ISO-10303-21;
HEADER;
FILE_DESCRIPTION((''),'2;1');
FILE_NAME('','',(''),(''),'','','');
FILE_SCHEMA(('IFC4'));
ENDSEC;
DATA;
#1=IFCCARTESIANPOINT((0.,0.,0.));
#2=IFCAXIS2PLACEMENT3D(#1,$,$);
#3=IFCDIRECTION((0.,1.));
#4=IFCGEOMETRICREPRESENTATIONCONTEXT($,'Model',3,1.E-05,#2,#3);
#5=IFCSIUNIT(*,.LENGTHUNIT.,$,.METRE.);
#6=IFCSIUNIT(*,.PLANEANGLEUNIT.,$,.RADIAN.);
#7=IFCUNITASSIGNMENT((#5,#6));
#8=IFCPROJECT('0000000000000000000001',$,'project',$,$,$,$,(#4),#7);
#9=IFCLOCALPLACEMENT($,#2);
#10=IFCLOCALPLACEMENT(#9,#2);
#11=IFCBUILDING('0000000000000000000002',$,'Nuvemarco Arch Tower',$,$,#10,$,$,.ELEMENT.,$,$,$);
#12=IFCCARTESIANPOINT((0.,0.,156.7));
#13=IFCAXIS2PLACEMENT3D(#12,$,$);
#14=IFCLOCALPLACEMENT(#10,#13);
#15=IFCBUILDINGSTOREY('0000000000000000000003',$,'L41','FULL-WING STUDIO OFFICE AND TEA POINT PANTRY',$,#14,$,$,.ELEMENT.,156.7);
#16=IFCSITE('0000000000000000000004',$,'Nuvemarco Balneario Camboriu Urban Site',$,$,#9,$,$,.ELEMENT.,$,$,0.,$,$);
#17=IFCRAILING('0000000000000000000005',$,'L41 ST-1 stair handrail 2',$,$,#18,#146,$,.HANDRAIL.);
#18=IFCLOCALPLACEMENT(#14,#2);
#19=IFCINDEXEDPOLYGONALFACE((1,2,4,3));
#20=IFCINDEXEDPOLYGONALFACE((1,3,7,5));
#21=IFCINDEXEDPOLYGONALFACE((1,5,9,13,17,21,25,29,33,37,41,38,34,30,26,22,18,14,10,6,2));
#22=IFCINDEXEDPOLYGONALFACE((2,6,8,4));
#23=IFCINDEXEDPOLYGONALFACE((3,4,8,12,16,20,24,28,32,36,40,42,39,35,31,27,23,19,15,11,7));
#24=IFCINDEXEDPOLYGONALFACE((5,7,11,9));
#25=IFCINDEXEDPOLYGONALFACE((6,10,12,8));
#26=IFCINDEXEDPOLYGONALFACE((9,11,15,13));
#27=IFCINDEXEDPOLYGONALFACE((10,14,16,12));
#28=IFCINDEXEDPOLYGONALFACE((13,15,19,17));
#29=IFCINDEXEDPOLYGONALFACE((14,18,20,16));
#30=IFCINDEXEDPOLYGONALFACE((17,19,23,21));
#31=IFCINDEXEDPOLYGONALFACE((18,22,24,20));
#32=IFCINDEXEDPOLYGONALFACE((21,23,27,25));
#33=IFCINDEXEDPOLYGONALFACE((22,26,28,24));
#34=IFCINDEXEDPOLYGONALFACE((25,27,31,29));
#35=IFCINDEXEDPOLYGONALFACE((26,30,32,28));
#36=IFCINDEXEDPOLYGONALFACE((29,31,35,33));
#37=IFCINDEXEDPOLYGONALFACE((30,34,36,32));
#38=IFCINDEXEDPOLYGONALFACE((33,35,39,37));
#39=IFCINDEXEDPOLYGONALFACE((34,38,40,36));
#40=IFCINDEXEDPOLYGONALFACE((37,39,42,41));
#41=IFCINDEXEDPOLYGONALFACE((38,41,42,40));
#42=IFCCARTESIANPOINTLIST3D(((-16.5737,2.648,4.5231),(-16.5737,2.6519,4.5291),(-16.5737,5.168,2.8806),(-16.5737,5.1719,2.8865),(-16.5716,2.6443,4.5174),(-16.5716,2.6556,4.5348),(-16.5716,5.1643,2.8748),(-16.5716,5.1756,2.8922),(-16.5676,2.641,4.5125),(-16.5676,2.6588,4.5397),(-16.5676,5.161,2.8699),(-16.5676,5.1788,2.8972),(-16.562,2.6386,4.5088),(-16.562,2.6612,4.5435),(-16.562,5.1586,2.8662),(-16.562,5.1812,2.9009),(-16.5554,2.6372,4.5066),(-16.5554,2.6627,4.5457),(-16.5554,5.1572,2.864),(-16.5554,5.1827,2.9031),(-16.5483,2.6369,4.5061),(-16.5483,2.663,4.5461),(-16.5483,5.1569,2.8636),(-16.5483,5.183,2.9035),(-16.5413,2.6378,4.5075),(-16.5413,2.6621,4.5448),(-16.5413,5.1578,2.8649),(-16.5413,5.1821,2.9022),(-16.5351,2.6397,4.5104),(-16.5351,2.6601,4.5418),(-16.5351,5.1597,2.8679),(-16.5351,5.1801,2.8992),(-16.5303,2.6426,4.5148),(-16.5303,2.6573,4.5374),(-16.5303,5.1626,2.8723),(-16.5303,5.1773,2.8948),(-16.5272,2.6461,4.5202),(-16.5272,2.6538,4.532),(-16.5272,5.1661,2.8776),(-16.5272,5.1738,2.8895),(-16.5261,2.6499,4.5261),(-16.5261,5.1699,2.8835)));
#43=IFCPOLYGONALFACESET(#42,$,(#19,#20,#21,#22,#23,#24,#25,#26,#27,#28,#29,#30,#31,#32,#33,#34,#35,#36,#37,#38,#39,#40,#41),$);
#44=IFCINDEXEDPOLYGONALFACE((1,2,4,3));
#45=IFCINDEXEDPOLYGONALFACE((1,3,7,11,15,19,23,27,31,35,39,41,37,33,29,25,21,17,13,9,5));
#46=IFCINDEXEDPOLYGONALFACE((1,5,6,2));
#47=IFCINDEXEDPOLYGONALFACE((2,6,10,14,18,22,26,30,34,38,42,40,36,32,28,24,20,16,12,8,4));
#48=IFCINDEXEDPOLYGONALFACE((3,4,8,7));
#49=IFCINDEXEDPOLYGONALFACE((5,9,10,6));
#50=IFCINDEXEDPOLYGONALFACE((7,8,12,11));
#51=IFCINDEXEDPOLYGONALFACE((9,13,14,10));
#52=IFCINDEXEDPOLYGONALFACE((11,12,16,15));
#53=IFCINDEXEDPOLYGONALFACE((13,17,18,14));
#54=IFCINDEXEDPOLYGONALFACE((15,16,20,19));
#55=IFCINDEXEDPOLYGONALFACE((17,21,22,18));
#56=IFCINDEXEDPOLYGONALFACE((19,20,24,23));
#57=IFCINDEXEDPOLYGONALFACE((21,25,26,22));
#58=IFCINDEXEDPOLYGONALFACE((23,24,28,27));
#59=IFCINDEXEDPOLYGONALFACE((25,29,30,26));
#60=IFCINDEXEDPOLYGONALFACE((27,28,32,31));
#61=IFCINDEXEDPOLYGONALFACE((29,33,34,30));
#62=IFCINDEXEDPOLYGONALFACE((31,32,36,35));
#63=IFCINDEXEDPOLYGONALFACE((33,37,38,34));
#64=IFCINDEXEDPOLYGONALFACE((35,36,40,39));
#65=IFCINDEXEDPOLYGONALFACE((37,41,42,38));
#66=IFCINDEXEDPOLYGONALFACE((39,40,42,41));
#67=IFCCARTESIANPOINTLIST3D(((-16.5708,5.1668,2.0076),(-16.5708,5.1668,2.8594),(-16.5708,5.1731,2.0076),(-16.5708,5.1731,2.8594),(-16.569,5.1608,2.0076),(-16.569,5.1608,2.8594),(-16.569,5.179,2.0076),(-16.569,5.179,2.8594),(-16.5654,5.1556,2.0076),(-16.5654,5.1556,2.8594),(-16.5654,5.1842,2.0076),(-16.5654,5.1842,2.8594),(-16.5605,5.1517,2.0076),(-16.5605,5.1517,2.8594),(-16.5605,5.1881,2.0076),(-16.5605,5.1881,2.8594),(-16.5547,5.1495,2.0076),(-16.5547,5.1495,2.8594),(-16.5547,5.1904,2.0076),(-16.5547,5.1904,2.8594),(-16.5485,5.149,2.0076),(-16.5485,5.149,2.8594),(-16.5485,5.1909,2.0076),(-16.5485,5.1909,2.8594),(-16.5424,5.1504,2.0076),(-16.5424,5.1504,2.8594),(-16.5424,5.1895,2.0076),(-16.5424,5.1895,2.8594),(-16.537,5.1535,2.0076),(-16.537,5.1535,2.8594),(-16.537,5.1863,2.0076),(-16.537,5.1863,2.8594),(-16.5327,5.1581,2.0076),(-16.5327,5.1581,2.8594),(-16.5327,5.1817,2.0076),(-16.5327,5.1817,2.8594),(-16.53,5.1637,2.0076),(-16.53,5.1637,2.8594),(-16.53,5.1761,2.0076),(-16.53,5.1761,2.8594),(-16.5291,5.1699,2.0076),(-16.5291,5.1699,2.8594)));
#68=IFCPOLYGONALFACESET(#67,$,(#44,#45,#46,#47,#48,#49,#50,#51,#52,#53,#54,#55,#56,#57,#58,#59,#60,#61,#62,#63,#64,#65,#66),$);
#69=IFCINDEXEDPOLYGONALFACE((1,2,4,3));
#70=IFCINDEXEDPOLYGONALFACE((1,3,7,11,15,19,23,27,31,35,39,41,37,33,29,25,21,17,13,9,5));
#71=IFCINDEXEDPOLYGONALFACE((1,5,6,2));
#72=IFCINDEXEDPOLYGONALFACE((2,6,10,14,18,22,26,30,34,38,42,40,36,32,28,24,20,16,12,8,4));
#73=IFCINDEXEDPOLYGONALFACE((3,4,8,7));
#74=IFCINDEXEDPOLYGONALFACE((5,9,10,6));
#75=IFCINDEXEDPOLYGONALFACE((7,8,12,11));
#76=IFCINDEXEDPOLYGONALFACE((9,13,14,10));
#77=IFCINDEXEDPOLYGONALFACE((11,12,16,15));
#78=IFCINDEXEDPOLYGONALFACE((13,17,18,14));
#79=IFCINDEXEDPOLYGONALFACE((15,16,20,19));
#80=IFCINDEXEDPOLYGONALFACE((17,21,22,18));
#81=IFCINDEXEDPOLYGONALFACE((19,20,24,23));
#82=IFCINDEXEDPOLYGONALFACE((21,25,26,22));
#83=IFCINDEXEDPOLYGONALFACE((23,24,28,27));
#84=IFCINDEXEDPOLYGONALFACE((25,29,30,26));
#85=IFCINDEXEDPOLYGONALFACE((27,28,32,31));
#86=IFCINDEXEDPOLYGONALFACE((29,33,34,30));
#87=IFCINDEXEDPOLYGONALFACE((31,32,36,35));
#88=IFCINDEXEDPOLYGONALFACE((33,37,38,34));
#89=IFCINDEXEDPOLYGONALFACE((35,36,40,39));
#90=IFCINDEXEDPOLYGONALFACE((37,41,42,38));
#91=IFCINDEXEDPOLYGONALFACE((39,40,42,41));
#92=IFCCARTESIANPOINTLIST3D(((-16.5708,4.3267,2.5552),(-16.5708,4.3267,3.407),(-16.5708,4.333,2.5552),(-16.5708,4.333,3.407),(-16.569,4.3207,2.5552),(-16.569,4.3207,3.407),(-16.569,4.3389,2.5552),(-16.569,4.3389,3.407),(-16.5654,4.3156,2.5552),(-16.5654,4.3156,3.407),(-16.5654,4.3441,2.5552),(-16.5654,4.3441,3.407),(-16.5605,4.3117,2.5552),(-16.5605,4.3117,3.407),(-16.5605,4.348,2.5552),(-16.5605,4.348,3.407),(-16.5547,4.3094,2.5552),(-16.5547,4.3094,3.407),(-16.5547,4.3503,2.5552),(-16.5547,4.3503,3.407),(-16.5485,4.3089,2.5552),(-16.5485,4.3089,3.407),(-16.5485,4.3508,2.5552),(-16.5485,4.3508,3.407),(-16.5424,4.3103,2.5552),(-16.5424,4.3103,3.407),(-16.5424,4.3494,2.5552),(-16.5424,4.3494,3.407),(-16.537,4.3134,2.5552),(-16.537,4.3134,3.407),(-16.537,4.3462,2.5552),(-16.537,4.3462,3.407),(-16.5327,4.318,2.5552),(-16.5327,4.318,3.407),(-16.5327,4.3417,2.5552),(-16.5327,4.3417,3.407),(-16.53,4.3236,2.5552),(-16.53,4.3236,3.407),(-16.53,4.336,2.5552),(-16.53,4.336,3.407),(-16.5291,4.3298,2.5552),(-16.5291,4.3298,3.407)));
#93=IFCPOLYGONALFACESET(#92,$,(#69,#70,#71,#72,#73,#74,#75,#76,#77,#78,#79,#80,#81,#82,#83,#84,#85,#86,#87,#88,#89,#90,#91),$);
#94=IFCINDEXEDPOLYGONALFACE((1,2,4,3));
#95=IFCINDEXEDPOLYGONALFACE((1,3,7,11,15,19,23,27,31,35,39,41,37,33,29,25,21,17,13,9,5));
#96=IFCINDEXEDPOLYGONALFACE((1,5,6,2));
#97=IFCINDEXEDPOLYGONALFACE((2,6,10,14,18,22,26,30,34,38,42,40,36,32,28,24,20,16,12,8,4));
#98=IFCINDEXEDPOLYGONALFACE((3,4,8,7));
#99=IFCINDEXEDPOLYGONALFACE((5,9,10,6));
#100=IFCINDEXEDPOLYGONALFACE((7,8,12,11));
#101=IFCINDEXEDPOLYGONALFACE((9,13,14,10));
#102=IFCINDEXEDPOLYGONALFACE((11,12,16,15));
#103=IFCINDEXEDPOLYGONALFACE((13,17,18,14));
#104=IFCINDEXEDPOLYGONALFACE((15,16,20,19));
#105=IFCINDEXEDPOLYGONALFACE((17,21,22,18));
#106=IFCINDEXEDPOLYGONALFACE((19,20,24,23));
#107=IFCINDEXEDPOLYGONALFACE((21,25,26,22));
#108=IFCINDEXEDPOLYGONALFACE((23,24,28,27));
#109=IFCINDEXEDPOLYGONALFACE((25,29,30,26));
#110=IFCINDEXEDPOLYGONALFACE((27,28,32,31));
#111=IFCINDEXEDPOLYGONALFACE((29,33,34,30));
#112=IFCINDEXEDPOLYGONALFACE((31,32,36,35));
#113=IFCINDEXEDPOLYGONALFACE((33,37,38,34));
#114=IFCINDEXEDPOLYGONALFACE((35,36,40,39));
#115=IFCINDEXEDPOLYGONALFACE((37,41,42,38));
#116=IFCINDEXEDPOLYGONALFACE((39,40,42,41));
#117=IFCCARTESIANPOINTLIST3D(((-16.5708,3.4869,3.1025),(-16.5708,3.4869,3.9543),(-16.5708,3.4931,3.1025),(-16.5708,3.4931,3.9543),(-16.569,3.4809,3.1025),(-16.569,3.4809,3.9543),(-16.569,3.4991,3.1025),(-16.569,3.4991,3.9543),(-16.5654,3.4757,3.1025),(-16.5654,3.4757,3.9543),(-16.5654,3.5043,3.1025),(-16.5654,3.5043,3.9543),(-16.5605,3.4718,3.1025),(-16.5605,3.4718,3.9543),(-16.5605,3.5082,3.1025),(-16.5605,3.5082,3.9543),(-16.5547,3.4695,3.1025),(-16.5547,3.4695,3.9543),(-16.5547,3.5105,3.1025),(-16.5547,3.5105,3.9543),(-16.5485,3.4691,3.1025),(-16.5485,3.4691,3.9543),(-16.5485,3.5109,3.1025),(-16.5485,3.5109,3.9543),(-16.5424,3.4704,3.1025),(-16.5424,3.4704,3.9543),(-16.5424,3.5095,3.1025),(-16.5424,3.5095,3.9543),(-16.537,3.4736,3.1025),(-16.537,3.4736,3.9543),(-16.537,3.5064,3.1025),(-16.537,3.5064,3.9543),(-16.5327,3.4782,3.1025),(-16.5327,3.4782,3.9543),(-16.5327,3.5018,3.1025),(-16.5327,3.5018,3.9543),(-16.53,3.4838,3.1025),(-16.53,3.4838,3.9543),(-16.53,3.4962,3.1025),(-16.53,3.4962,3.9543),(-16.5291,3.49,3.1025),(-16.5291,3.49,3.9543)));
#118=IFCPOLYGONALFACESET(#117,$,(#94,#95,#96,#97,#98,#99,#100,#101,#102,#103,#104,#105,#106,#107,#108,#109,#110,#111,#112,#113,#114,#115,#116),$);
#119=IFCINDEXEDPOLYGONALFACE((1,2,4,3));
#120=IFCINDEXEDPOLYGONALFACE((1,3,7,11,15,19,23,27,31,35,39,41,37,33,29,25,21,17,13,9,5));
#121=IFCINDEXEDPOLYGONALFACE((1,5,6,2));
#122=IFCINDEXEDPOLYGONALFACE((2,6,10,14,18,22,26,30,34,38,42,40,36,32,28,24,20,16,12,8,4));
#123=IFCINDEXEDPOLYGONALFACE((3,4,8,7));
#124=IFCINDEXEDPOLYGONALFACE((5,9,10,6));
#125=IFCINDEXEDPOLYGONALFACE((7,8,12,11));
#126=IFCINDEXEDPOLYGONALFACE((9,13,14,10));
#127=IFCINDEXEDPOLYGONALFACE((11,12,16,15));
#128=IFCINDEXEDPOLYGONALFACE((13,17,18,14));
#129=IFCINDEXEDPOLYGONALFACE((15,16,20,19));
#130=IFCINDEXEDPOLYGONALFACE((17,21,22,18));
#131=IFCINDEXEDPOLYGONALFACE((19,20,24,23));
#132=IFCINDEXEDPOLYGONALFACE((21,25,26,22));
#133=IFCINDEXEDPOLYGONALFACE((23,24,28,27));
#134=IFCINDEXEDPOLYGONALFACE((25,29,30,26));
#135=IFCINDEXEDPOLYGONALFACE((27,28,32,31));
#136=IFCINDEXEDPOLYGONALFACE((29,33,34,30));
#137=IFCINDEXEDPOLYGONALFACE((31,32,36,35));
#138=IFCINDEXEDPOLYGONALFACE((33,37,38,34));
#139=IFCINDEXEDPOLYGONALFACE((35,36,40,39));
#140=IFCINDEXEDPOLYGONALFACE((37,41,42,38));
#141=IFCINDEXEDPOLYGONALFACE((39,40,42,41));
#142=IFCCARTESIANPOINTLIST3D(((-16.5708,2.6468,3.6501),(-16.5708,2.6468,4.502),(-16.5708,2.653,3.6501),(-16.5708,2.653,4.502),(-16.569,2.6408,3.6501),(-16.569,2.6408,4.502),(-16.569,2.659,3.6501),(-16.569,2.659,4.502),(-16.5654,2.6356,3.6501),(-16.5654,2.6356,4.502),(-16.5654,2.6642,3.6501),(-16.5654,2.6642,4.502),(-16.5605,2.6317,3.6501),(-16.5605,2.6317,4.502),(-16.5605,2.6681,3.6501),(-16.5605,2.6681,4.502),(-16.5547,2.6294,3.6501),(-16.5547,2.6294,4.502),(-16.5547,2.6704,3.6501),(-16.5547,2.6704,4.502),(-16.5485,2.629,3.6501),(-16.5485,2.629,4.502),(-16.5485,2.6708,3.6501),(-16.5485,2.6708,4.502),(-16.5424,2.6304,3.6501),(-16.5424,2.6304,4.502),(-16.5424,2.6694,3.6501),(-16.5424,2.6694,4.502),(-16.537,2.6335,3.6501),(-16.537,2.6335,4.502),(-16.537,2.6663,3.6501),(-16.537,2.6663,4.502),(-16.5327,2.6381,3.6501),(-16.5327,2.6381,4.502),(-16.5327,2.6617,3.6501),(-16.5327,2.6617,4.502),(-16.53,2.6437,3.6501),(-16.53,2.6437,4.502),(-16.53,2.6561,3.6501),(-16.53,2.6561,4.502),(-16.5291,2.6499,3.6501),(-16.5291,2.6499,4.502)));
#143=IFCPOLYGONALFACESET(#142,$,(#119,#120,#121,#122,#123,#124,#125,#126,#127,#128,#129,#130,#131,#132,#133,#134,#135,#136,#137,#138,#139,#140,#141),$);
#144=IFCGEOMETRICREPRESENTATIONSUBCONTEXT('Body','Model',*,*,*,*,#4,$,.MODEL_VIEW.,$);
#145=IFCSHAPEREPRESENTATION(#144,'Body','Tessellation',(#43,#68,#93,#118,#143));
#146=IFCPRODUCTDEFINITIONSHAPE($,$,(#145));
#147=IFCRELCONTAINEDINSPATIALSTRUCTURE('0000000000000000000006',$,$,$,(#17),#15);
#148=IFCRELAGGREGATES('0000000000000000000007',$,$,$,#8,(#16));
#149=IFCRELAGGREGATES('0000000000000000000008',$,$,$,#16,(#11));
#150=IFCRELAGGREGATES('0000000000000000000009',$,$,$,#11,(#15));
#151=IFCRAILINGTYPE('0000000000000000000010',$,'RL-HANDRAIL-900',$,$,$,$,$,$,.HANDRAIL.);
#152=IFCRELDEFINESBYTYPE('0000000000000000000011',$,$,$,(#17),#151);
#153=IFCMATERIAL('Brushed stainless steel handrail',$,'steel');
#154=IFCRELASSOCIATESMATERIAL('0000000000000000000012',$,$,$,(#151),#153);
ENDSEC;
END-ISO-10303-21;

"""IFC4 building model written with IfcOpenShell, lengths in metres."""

from ifc_helpers import new_model, si_unit, direction, frame, origin, origin_2d, place, context, subcontext, project, spatial, circle, extrude, material, type_object, element, save


model = new_model("IFC4")

# Units and contexts
model_context = context("Model", 3, precision=1e-05, world=origin(), true_north=direction((0.0, 1.0)))
body_context = subcontext(model_context, "Body", "Model", "MODEL_VIEW")
ifc_project = project(units=[si_unit("LENGTHUNIT", "METRE"), si_unit("PLANEANGLEUNIT", "RADIAN")], contexts=[model_context])

# Site, building, storey
site_placement = place(None, origin())
site = spatial("IfcSite", under=ifc_project, at=site_placement, Name="Nuvemarco Balneario Camboriu Urban Site", CompositionType="ELEMENT", RefElevation=0.0)
building_placement = place(site_placement, origin())
building = spatial("IfcBuilding", under=site, at=building_placement, Name="Nuvemarco Arch Tower", CompositionType="ELEMENT")
storey_placement = place(building_placement, frame((0.0, 0.0, 156.7)))
storey = spatial("IfcBuildingStorey", under=building, at=storey_placement, Name="L41", Description="FULL-WING STUDIO OFFICE AND TEA POINT PANTRY", CompositionType="ELEMENT", Elevation=156.7)

# Railing
ifc_material_1 = material(Name="Brushed stainless steel handrail", Category="steel")
railing_type_1 = type_object("IfcRailingType", Name="RL-HANDRAIL-900", PredefinedType="HANDRAIL", material=ifc_material_1)
railing_1_placement = place(storey_placement, frame((-16.55, 5.1699, 2.0076)))
element("IfcRailing", 1, at=railing_1_placement, inside=storey, type_object=railing_type_1, Name="L41 ST-1 stair handrail 2", PredefinedType="HANDRAIL", context=body_context, shape_type="SweptSolid", body=[
    extrude(circle(Radius=0.0239, at=origin_2d()), frame((0.0, 0.0, 0.876), z_axis=(0.0, -0.837749, 0.546055), x_axis=(1.0, 0.0, 0.0)), (0.0, 0.0, 1.0), 3.0081),
    extrude(circle(Radius=0.021, at=origin_2d()), origin(), (0.0, 0.0, 1.0), 0.8518),
    extrude(circle(Radius=0.021, at=origin_2d()), frame((0.0, -0.8401, 0.5476)), (0.0, 0.0, 1.0), 0.8518),
    extrude(circle(Radius=0.021, at=origin_2d()), frame((0.0, -1.6799, 1.095)), (0.0, 0.0, 1.0), 0.8518),
    extrude(circle(Radius=0.021, at=origin_2d()), frame((0.0, -2.52, 1.6426)), (0.0, 0.0, 1.0), 0.8518),
])

save(model, "model.ifc")
